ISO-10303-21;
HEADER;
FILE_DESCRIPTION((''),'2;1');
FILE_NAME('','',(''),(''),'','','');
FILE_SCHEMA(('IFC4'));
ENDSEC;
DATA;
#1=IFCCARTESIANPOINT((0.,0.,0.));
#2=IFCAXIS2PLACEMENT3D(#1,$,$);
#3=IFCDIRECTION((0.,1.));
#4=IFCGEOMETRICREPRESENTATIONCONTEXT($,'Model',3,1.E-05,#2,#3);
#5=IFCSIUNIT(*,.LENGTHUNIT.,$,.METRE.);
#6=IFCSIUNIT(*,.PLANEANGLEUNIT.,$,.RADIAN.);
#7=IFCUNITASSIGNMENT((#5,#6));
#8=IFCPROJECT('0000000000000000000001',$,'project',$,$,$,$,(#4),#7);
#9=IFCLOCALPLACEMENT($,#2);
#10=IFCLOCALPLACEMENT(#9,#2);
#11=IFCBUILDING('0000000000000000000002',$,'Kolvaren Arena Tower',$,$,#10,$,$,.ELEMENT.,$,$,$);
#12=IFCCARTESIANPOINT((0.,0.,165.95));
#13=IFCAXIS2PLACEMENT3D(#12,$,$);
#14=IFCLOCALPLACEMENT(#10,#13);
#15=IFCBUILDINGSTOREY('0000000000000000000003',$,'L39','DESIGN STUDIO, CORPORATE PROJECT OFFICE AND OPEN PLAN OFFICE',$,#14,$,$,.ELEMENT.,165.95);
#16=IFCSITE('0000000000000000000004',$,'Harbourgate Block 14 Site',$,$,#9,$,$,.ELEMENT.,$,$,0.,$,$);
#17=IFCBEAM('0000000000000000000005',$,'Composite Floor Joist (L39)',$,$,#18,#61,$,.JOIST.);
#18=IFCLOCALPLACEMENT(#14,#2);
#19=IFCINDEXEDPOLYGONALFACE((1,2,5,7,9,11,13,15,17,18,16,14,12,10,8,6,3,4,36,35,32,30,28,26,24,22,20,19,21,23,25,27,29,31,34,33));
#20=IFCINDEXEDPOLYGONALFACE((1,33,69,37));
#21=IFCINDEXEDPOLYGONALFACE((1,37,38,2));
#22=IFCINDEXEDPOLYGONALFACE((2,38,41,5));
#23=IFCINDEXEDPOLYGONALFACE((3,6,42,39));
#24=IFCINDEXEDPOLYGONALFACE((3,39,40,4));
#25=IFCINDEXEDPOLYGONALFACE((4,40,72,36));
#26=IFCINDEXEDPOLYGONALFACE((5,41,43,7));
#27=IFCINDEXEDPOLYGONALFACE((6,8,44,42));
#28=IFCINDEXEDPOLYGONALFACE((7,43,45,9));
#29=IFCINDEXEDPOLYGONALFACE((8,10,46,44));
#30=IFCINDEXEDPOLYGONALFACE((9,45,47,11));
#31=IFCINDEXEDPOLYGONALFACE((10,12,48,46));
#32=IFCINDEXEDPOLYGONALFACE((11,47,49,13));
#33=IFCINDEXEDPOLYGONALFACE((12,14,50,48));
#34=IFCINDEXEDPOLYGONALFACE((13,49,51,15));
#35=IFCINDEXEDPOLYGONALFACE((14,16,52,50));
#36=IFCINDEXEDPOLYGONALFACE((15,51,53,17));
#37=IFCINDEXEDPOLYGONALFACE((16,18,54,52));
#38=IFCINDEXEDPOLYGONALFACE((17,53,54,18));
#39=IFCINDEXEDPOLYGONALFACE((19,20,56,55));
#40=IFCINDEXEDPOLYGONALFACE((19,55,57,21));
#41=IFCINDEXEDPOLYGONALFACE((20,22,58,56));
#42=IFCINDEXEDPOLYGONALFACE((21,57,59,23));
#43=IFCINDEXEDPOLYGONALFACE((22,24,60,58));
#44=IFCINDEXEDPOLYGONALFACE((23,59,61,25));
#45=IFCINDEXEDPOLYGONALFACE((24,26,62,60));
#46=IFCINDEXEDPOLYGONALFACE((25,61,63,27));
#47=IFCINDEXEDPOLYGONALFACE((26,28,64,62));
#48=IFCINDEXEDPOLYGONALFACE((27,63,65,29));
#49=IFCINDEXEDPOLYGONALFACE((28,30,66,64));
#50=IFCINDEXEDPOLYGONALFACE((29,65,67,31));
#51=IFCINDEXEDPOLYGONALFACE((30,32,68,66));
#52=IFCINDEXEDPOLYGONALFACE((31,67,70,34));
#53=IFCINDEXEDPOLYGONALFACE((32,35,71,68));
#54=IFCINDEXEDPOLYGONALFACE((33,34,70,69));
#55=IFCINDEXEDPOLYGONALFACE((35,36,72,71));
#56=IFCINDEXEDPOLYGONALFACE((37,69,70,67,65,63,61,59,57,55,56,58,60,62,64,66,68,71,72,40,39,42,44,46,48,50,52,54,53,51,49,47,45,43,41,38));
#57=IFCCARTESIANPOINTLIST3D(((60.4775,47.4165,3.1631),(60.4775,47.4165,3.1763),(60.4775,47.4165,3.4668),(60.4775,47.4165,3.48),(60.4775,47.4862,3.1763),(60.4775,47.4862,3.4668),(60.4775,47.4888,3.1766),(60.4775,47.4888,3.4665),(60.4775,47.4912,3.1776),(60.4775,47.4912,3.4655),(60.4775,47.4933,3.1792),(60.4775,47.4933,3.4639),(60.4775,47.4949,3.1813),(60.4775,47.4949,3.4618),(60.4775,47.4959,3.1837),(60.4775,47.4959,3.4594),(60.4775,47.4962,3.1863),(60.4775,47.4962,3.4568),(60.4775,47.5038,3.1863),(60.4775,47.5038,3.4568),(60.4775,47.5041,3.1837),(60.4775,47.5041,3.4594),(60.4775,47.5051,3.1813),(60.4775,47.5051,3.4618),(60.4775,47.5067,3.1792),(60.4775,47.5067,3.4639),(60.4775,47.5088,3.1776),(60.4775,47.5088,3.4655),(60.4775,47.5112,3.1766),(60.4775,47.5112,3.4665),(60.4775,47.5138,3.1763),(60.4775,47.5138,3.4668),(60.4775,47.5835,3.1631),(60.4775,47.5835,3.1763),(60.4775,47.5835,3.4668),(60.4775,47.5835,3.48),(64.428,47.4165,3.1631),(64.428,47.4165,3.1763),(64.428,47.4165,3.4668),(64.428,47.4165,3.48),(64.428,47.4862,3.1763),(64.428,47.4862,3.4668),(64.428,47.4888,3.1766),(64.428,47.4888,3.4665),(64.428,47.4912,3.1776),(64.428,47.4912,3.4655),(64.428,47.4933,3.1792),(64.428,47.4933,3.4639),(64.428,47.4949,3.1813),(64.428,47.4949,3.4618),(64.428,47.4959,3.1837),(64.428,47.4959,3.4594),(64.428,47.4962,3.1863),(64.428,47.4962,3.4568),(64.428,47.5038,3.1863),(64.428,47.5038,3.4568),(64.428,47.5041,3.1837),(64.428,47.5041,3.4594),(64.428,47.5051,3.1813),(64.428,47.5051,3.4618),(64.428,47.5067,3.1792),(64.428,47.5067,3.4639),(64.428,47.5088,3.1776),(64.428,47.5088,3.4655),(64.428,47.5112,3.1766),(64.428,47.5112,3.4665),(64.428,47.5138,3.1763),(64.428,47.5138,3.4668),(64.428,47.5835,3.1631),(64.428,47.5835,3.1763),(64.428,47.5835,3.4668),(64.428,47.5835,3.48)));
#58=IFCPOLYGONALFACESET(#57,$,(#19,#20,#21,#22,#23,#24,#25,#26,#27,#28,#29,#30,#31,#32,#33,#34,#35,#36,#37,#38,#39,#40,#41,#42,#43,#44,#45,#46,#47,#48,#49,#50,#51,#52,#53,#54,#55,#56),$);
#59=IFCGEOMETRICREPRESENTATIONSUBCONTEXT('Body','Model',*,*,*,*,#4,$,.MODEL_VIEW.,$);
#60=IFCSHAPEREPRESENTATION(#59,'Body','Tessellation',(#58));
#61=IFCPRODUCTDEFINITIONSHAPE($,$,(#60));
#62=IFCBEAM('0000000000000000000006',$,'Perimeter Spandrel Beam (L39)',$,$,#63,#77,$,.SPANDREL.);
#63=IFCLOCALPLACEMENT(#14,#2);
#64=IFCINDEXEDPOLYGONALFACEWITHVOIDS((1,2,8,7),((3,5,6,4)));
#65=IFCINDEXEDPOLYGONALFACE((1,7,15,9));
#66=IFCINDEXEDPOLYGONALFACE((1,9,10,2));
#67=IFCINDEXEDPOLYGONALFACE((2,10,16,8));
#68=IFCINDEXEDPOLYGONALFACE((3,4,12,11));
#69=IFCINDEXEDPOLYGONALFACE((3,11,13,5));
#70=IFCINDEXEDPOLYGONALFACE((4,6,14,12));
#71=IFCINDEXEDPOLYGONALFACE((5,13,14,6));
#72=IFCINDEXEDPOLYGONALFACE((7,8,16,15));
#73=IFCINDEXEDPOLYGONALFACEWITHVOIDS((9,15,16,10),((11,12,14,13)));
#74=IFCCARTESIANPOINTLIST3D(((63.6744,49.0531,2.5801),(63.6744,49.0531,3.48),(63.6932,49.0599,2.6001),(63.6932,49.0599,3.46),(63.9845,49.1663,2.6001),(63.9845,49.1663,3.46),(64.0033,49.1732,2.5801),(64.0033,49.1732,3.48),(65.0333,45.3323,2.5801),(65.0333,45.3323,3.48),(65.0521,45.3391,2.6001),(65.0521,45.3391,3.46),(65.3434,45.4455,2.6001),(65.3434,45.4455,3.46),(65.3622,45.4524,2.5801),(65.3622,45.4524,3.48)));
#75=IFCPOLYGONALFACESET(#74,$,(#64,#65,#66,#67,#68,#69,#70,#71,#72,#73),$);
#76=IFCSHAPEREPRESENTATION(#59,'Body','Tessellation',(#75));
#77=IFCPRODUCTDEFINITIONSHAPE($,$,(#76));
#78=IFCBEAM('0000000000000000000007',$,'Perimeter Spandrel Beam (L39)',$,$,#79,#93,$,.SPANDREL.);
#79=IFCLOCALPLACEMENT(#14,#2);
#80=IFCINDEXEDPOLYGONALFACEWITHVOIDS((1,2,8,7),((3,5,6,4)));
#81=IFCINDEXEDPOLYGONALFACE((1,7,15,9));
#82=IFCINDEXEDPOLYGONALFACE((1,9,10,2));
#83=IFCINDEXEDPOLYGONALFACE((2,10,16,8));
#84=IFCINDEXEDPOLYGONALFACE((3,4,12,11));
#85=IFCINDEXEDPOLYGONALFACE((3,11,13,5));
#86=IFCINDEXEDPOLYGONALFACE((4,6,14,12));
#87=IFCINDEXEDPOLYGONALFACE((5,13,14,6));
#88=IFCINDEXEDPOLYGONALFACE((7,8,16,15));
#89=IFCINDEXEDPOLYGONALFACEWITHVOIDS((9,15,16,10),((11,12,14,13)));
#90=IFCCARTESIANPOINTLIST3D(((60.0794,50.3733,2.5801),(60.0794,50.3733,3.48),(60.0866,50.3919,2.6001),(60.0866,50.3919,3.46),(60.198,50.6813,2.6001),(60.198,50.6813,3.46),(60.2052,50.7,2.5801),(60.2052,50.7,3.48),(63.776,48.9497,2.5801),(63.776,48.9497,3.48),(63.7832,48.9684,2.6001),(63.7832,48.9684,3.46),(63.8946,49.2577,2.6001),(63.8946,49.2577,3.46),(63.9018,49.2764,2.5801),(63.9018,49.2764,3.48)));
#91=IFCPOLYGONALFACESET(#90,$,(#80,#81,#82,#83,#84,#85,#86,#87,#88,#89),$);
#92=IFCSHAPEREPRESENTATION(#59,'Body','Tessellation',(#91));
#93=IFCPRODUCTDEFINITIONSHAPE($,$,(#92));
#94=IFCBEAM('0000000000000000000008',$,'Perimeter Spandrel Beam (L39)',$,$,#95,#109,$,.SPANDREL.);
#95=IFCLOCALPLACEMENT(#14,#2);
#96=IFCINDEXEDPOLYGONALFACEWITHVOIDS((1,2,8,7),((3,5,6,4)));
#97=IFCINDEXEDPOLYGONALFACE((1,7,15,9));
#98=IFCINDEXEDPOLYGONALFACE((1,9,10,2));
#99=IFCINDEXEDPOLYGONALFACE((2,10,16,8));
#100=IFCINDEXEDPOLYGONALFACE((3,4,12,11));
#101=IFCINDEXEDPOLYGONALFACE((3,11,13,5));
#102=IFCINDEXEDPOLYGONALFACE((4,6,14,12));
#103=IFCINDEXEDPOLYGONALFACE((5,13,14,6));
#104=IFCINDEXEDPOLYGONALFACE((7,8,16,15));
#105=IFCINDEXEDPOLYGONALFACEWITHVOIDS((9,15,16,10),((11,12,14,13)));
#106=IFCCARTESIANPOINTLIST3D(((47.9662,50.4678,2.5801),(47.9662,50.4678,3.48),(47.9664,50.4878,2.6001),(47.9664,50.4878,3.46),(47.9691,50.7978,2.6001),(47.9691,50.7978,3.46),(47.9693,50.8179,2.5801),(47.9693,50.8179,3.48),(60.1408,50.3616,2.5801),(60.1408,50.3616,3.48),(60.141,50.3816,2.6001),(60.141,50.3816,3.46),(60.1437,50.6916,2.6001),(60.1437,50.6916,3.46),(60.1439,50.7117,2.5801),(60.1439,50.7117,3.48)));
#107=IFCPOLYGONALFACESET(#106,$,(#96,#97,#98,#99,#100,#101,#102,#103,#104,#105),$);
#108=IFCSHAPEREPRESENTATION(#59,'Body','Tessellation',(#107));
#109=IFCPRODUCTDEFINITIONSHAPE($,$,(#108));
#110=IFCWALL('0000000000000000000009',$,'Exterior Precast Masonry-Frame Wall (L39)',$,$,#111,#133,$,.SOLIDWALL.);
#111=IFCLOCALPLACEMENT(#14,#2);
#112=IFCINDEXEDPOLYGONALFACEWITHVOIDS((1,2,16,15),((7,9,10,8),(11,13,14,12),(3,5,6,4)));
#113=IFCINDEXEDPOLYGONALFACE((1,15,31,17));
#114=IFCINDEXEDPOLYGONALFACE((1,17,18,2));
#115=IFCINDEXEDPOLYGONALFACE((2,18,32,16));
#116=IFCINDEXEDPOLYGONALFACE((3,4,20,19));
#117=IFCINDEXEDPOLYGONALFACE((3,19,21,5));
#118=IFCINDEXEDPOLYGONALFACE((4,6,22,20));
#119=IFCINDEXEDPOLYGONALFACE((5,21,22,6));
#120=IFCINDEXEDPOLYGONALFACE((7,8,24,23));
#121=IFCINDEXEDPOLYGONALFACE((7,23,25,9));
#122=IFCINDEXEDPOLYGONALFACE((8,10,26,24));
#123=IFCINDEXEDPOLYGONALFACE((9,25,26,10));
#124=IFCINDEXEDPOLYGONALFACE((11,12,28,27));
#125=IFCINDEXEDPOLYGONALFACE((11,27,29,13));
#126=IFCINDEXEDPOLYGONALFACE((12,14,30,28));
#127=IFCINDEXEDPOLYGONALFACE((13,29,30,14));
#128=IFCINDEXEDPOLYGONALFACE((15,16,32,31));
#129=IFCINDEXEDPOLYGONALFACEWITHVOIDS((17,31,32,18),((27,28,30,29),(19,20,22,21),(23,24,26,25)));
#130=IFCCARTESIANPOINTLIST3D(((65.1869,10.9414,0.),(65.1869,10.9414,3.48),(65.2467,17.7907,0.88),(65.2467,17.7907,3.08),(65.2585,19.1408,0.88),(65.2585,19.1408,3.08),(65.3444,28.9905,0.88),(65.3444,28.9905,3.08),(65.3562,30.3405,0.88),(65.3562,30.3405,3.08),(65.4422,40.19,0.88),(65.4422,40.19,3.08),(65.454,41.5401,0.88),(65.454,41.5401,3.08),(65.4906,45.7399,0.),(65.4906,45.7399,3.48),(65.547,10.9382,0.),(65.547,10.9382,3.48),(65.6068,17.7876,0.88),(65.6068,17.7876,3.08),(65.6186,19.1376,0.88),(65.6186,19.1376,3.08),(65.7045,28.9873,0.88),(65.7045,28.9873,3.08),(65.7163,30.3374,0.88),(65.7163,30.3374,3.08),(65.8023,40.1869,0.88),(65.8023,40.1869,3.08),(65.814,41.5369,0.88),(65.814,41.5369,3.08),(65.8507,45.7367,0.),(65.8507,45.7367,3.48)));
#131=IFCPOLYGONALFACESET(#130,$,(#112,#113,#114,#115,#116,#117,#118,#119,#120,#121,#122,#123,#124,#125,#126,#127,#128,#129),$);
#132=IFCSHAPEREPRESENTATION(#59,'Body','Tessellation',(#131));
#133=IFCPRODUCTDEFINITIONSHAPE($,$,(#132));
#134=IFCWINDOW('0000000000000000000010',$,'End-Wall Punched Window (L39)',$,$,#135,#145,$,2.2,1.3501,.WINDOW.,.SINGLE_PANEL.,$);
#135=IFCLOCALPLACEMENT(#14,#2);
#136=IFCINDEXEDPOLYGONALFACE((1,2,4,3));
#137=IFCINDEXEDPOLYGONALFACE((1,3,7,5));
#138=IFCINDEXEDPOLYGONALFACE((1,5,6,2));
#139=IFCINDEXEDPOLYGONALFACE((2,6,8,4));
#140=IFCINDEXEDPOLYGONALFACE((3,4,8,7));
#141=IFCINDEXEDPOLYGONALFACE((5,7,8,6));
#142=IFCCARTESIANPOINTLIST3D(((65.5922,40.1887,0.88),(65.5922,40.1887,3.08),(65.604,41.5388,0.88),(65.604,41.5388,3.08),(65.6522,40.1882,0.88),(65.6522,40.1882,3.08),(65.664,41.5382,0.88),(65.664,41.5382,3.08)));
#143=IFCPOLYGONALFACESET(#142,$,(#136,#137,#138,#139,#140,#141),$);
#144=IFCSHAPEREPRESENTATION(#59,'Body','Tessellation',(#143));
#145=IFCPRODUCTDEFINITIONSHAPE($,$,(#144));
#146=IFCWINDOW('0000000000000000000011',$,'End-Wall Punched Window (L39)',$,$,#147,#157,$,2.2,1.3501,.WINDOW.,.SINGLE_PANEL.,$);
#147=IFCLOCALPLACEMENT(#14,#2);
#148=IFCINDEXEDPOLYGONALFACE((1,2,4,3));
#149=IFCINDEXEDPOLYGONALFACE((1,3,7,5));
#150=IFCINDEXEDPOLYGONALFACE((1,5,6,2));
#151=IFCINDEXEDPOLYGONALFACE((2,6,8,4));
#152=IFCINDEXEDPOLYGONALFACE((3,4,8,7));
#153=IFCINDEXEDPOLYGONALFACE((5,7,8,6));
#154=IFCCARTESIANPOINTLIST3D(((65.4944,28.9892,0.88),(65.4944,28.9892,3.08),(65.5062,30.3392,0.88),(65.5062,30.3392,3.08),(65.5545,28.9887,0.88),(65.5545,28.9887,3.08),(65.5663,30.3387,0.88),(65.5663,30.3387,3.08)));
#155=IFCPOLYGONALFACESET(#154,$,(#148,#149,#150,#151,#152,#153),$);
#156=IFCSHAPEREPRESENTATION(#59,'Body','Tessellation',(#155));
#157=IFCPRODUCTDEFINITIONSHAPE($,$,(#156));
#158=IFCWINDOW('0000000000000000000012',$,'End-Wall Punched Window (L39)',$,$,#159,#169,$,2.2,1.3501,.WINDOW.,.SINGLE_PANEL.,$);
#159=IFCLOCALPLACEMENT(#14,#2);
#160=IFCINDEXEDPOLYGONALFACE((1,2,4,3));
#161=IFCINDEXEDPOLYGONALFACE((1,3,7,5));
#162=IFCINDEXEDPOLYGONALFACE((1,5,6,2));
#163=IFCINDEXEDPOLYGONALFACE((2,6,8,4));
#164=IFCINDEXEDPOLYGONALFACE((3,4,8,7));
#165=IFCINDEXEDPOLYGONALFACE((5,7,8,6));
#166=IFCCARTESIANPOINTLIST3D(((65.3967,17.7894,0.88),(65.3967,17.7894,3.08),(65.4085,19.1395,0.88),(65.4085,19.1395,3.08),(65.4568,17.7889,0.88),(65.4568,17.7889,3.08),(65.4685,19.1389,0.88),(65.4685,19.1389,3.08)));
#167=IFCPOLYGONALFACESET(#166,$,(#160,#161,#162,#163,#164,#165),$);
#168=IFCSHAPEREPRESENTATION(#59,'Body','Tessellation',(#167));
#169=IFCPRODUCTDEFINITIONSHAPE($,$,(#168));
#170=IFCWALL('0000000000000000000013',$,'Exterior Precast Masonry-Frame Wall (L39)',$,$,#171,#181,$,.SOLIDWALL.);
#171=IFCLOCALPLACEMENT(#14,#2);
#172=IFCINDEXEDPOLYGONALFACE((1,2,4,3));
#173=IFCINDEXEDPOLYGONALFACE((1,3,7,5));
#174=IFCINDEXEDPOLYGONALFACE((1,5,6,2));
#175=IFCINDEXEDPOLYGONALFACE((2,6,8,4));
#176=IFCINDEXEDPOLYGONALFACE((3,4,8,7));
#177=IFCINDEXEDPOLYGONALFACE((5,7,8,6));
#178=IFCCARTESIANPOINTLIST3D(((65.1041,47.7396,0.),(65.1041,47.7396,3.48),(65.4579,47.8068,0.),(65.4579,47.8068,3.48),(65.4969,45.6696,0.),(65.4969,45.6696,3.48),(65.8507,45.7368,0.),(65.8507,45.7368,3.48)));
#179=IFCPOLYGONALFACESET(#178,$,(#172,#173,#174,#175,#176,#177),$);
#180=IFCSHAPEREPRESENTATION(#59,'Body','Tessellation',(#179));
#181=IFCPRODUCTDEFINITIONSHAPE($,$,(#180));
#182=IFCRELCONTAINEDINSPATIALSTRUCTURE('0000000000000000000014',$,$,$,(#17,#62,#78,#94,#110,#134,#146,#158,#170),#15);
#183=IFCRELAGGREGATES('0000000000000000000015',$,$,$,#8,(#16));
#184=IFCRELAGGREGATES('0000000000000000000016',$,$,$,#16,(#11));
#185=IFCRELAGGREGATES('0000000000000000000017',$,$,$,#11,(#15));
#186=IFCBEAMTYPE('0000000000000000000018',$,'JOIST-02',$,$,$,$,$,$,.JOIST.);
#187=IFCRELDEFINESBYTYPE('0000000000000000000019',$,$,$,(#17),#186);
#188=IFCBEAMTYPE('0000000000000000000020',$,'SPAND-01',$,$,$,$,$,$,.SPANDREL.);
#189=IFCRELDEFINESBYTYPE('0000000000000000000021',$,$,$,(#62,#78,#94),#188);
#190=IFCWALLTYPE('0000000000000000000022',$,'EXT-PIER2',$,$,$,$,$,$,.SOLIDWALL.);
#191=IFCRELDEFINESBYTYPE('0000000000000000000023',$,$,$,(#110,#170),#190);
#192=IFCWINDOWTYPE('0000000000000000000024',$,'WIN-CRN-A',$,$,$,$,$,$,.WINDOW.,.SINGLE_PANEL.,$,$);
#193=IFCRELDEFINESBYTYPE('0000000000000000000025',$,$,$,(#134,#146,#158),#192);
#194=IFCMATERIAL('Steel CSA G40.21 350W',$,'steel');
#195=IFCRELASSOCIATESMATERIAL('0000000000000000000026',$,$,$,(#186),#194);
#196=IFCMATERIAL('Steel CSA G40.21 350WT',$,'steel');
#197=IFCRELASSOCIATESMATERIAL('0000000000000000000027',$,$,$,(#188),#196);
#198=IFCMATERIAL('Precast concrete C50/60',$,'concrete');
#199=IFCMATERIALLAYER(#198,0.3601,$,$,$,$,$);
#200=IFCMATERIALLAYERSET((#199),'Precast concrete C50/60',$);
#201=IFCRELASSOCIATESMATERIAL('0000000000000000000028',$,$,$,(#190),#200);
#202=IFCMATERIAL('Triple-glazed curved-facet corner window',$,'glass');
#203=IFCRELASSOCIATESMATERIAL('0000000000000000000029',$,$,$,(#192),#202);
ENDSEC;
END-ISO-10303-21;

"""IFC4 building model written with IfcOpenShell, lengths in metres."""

from ifc_helpers import new_model, si_unit, direction, frame, frame_2d, origin, origin_2d, place, context, subcontext, project, spatial, rectangle, hollow_rectangle, i_section, extrude, material, layer, layer_set, material_profile, profile_set, type_object, element, fill, save


model = new_model("IFC4")

# Units and contexts
model_context = context("Model", 3, precision=1e-05, world=origin(), true_north=direction((0.0, 1.0)))
body_context = subcontext(model_context, "Body", "Model", "MODEL_VIEW")
ifc_project = project(units=[si_unit("LENGTHUNIT", "METRE"), si_unit("PLANEANGLEUNIT", "RADIAN")], contexts=[model_context])

# Site, building, storey
site_placement = place(None, origin())
site = spatial("IfcSite", under=ifc_project, at=site_placement, Name="Harbourgate Block 14 Site", CompositionType="ELEMENT", RefElevation=0.0)
building_placement = place(site_placement, origin())
building = spatial("IfcBuilding", under=site, at=building_placement, Name="Kolvaren Arena Tower", CompositionType="ELEMENT")
storey_placement = place(building_placement, frame((0.0, 0.0, 165.95)))
storey = spatial("IfcBuildingStorey", under=building, at=storey_placement, Name="L39", Description="DESIGN STUDIO, CORPORATE PROJECT OFFICE AND OPEN PLAN OFFICE", CompositionType="ELEMENT", Elevation=165.95)

# Beams
ifc_material_1 = material(Name="Steel CSA G40.21 350W", Category="steel")
ifc_material_profile_1 = material_profile(ifc_material_1, i_section(OverallWidth=0.167, OverallDepth=0.3169, WebThickness=0.0076, FlangeThickness=0.0132, FilletRadius=0.01, at=origin_2d()), Name="W310x52")
ifc_profile_set_1 = profile_set([ifc_material_profile_1], Name="Steel CSA G40.21 350W")
beam_type_1 = type_object("IfcBeamType", Name="JOIST-02", PredefinedType="JOIST", material=ifc_profile_set_1)
beam_1_placement = place(storey_placement, frame((60.4775, 47.5, 3.3215), z_axis=(1.0, 0.0, 0.0), x_axis=(0.0, 1.0, 0.0)))
element("IfcBeam", 1, at=beam_1_placement, inside=storey, type_object=beam_type_1, Name="Composite Floor Joist (L39)", PredefinedType="JOIST", context=body_context, shape_type="SweptSolid", body=[
    extrude(i_section(OverallWidth=0.167, OverallDepth=0.3169, WebThickness=0.0076, FlangeThickness=0.0132, FilletRadius=0.01, at=origin_2d()), origin(), (0.0, 0.0, 1.0), 3.9504),
])
ifc_material_2 = material(Name="Steel CSA G40.21 350WT", Category="steel")
ifc_material_profile_2 = material_profile(ifc_material_2, hollow_rectangle(XDim=0.3501, YDim=0.8999, WallThickness=0.02, at=origin_2d()), Name="HSS 900x350x20")
ifc_profile_set_2 = profile_set([ifc_material_profile_2], Name="Steel CSA G40.21 350WT")
beam_type_2 = type_object("IfcBeamType", Name="SPAND-01", PredefinedType="SPANDREL", material=ifc_profile_set_2)
for number, where, z_axis, x_axis, name in (
    (2, (65.1978, 45.3923, 3.03), (-0.343059, 0.939314, 0.0), (-0.939314, -0.343059, 0.0), "Perimeter Spandrel Beam (L39)"),
    (3, (63.8389, 49.113, 3.03), (-0.93319, 0.359384, 0.0), (-0.359384, -0.93319, 0.0), "Perimeter Spandrel Beam (L39)"),
):
    element("IfcBeam", number, at=place(storey_placement, frame(where, z_axis=z_axis, x_axis=x_axis)), inside=storey, type_object=beam_type_2, Name=name, PredefinedType="SPANDREL", context=body_context, shape_type="SweptSolid", body=[
        extrude(hollow_rectangle(XDim=0.3501, YDim=0.8999, WallThickness=0.02, at=origin_2d()), origin(), (0.0, 0.0, 1.0), 3.9612),
    ])
beam_2_placement = place(storey_placement, frame((60.1423, 50.5366, 3.03), z_axis=(-0.999962, 0.008723, 0.0), x_axis=(-0.008723, -0.999962, 0.0)))
element("IfcBeam", 4, at=beam_2_placement, inside=storey, type_object=beam_type_2, Name="Perimeter Spandrel Beam (L39)", PredefinedType="SPANDREL", context=body_context, shape_type="SweptSolid", body=[
    extrude(hollow_rectangle(XDim=0.3501, YDim=0.8999, WallThickness=0.02, at=origin_2d()), origin(), (0.0, 0.0, 1.0), 12.175),
])

# Wall, openings, windows
ifc_material_3 = material(Name="Precast concrete C50/60", Category="concrete")
ifc_layer_1 = layer(ifc_material_3, 0.3601)
ifc_layer_set_1 = layer_set([ifc_layer_1], Name="Precast concrete C50/60")
wall_type_1 = type_object("IfcWallType", Name="EXT-PIER2", PredefinedType="SOLIDWALL", material=ifc_layer_set_1)
wall_1_placement = place(storey_placement, frame((65.6707, 45.7383, 0.0), z_axis=(0.0, 0.0, 1.0), x_axis=(-0.008727, -0.999962, 0.0)))
wall_1 = element("IfcWall", 5, at=wall_1_placement, inside=storey, type_object=wall_type_1, Name="Exterior Precast Masonry-Frame Wall (L39)", PredefinedType="SOLIDWALL", context=body_context, shape_type="SweptSolid", body=[
    extrude(rectangle(XDim=34.7998, YDim=0.3601, at=frame_2d((17.3999, 0.0))), origin(), (0.0, 0.0, 1.0), 3.48),
])
opening_1_placement = place(wall_1_placement, frame((4.2, 0.0, 0.8799)))
opening_1 = element("IfcOpeningElement", 6, at=opening_1_placement, cuts=wall_1, PredefinedType="OPENING", context=body_context, shape_type="SweptSolid", body=[
    extrude(rectangle(XDim=1.3501, YDim=2.2, at=frame_2d((0.675, 1.1001))), frame((0.0, 0.1899, 0.0), z_axis=(0.0, -1.0, 0.0), x_axis=(1.0, 0.0, 0.0)), (0.0, 0.0, 1.0), 0.3801),
])
opening_2_placement = place(wall_1_placement, frame((15.3999, 0.0, 0.8799)))
opening_2 = element("IfcOpeningElement", 7, at=opening_2_placement, cuts=wall_1, PredefinedType="OPENING", context=body_context, shape_type="SweptSolid", body=[
    extrude(rectangle(XDim=1.3501, YDim=2.2, at=frame_2d((0.675, 1.1001))), frame((0.0, 0.1899, 0.0), z_axis=(0.0, -1.0, 0.0), x_axis=(1.0, 0.0, 0.0)), (0.0, 0.0, 1.0), 0.3801),
])
opening_3_placement = place(wall_1_placement, frame((26.6001, 0.0, 0.8799)))
opening_3 = element("IfcOpeningElement", 8, at=opening_3_placement, cuts=wall_1, PredefinedType="OPENING", context=body_context, shape_type="SweptSolid", body=[
    extrude(rectangle(XDim=1.3501, YDim=2.2, at=frame_2d((0.675, 1.1001))), frame((0.0, 0.1899, 0.0), z_axis=(0.0, -1.0, 0.0), x_axis=(1.0, 0.0, 0.0)), (0.0, 0.0, 1.0), 0.3801),
])
ifc_material_4 = material(Name="Triple-glazed curved-facet corner window", Category="glass")
window_type = type_object("IfcWindowType", Name="WIN-CRN-A", PartitioningType="SINGLE_PANEL", PredefinedType="WINDOW", material=ifc_material_4)
window_1_placement = place(opening_1_placement, origin())
window_1 = element("IfcWindow", 9, at=window_1_placement, inside=storey, type_object=window_type, Name="End-Wall Punched Window (L39)", OverallHeight=2.2, OverallWidth=1.3501, PartitioningType="SINGLE_PANEL", PredefinedType="WINDOW", context=body_context, shape_type="SweptSolid", body=[
    extrude(rectangle(XDim=1.3501, YDim=2.2, at=frame_2d((0.675, 1.1001))), frame((0.0, 0.03, 0.0), z_axis=(0.0, -1.0, 0.0), x_axis=(1.0, 0.0, 0.0)), (0.0, 0.0, 1.0), 0.0601),
])
fill(opening_1, window_1)
window_2_placement = place(opening_2_placement, origin())
window_2 = element("IfcWindow", 10, at=window_2_placement, inside=storey, type_object=window_type, Name="End-Wall Punched Window (L39)", OverallHeight=2.2, OverallWidth=1.3501, PartitioningType="SINGLE_PANEL", PredefinedType="WINDOW", context=body_context, shape_type="SweptSolid", body=[
    extrude(rectangle(XDim=1.3501, YDim=2.2, at=frame_2d((0.675, 1.1001))), frame((0.0, 0.03, 0.0), z_axis=(0.0, -1.0, 0.0), x_axis=(1.0, 0.0, 0.0)), (0.0, 0.0, 1.0), 0.0601),
])
fill(opening_2, window_2)
window_3_placement = place(opening_3_placement, origin())
window_3 = element("IfcWindow", 11, at=window_3_placement, inside=storey, type_object=window_type, Name="End-Wall Punched Window (L39)", OverallHeight=2.2, OverallWidth=1.3501, PartitioningType="SINGLE_PANEL", PredefinedType="WINDOW", context=body_context, shape_type="SweptSolid", body=[
    extrude(rectangle(XDim=1.3501, YDim=2.2, at=frame_2d((0.675, 1.1001))), frame((0.0, 0.03, 0.0), z_axis=(0.0, -1.0, 0.0), x_axis=(1.0, 0.0, 0.0)), (0.0, 0.0, 1.0), 0.0601),
])
fill(opening_3, window_3)

# Wall
wall_2_placement = place(storey_placement, frame((65.281, 47.7732, 0.0), z_axis=(0.0, 0.0, 1.0), x_axis=(0.186436, -0.982467, 0.0)))
element("IfcWall", 12, at=wall_2_placement, inside=storey, type_object=wall_type_1, Name="Exterior Precast Masonry-Frame Wall (L39)", PredefinedType="SOLIDWALL", context=body_context, shape_type="SweptSolid", body=[
    extrude(rectangle(XDim=2.1069, YDim=0.3601, at=frame_2d((1.0535, 0.0))), origin(), (0.0, 0.0, 1.0), 3.48),
])

save(model, "model.ifc")
